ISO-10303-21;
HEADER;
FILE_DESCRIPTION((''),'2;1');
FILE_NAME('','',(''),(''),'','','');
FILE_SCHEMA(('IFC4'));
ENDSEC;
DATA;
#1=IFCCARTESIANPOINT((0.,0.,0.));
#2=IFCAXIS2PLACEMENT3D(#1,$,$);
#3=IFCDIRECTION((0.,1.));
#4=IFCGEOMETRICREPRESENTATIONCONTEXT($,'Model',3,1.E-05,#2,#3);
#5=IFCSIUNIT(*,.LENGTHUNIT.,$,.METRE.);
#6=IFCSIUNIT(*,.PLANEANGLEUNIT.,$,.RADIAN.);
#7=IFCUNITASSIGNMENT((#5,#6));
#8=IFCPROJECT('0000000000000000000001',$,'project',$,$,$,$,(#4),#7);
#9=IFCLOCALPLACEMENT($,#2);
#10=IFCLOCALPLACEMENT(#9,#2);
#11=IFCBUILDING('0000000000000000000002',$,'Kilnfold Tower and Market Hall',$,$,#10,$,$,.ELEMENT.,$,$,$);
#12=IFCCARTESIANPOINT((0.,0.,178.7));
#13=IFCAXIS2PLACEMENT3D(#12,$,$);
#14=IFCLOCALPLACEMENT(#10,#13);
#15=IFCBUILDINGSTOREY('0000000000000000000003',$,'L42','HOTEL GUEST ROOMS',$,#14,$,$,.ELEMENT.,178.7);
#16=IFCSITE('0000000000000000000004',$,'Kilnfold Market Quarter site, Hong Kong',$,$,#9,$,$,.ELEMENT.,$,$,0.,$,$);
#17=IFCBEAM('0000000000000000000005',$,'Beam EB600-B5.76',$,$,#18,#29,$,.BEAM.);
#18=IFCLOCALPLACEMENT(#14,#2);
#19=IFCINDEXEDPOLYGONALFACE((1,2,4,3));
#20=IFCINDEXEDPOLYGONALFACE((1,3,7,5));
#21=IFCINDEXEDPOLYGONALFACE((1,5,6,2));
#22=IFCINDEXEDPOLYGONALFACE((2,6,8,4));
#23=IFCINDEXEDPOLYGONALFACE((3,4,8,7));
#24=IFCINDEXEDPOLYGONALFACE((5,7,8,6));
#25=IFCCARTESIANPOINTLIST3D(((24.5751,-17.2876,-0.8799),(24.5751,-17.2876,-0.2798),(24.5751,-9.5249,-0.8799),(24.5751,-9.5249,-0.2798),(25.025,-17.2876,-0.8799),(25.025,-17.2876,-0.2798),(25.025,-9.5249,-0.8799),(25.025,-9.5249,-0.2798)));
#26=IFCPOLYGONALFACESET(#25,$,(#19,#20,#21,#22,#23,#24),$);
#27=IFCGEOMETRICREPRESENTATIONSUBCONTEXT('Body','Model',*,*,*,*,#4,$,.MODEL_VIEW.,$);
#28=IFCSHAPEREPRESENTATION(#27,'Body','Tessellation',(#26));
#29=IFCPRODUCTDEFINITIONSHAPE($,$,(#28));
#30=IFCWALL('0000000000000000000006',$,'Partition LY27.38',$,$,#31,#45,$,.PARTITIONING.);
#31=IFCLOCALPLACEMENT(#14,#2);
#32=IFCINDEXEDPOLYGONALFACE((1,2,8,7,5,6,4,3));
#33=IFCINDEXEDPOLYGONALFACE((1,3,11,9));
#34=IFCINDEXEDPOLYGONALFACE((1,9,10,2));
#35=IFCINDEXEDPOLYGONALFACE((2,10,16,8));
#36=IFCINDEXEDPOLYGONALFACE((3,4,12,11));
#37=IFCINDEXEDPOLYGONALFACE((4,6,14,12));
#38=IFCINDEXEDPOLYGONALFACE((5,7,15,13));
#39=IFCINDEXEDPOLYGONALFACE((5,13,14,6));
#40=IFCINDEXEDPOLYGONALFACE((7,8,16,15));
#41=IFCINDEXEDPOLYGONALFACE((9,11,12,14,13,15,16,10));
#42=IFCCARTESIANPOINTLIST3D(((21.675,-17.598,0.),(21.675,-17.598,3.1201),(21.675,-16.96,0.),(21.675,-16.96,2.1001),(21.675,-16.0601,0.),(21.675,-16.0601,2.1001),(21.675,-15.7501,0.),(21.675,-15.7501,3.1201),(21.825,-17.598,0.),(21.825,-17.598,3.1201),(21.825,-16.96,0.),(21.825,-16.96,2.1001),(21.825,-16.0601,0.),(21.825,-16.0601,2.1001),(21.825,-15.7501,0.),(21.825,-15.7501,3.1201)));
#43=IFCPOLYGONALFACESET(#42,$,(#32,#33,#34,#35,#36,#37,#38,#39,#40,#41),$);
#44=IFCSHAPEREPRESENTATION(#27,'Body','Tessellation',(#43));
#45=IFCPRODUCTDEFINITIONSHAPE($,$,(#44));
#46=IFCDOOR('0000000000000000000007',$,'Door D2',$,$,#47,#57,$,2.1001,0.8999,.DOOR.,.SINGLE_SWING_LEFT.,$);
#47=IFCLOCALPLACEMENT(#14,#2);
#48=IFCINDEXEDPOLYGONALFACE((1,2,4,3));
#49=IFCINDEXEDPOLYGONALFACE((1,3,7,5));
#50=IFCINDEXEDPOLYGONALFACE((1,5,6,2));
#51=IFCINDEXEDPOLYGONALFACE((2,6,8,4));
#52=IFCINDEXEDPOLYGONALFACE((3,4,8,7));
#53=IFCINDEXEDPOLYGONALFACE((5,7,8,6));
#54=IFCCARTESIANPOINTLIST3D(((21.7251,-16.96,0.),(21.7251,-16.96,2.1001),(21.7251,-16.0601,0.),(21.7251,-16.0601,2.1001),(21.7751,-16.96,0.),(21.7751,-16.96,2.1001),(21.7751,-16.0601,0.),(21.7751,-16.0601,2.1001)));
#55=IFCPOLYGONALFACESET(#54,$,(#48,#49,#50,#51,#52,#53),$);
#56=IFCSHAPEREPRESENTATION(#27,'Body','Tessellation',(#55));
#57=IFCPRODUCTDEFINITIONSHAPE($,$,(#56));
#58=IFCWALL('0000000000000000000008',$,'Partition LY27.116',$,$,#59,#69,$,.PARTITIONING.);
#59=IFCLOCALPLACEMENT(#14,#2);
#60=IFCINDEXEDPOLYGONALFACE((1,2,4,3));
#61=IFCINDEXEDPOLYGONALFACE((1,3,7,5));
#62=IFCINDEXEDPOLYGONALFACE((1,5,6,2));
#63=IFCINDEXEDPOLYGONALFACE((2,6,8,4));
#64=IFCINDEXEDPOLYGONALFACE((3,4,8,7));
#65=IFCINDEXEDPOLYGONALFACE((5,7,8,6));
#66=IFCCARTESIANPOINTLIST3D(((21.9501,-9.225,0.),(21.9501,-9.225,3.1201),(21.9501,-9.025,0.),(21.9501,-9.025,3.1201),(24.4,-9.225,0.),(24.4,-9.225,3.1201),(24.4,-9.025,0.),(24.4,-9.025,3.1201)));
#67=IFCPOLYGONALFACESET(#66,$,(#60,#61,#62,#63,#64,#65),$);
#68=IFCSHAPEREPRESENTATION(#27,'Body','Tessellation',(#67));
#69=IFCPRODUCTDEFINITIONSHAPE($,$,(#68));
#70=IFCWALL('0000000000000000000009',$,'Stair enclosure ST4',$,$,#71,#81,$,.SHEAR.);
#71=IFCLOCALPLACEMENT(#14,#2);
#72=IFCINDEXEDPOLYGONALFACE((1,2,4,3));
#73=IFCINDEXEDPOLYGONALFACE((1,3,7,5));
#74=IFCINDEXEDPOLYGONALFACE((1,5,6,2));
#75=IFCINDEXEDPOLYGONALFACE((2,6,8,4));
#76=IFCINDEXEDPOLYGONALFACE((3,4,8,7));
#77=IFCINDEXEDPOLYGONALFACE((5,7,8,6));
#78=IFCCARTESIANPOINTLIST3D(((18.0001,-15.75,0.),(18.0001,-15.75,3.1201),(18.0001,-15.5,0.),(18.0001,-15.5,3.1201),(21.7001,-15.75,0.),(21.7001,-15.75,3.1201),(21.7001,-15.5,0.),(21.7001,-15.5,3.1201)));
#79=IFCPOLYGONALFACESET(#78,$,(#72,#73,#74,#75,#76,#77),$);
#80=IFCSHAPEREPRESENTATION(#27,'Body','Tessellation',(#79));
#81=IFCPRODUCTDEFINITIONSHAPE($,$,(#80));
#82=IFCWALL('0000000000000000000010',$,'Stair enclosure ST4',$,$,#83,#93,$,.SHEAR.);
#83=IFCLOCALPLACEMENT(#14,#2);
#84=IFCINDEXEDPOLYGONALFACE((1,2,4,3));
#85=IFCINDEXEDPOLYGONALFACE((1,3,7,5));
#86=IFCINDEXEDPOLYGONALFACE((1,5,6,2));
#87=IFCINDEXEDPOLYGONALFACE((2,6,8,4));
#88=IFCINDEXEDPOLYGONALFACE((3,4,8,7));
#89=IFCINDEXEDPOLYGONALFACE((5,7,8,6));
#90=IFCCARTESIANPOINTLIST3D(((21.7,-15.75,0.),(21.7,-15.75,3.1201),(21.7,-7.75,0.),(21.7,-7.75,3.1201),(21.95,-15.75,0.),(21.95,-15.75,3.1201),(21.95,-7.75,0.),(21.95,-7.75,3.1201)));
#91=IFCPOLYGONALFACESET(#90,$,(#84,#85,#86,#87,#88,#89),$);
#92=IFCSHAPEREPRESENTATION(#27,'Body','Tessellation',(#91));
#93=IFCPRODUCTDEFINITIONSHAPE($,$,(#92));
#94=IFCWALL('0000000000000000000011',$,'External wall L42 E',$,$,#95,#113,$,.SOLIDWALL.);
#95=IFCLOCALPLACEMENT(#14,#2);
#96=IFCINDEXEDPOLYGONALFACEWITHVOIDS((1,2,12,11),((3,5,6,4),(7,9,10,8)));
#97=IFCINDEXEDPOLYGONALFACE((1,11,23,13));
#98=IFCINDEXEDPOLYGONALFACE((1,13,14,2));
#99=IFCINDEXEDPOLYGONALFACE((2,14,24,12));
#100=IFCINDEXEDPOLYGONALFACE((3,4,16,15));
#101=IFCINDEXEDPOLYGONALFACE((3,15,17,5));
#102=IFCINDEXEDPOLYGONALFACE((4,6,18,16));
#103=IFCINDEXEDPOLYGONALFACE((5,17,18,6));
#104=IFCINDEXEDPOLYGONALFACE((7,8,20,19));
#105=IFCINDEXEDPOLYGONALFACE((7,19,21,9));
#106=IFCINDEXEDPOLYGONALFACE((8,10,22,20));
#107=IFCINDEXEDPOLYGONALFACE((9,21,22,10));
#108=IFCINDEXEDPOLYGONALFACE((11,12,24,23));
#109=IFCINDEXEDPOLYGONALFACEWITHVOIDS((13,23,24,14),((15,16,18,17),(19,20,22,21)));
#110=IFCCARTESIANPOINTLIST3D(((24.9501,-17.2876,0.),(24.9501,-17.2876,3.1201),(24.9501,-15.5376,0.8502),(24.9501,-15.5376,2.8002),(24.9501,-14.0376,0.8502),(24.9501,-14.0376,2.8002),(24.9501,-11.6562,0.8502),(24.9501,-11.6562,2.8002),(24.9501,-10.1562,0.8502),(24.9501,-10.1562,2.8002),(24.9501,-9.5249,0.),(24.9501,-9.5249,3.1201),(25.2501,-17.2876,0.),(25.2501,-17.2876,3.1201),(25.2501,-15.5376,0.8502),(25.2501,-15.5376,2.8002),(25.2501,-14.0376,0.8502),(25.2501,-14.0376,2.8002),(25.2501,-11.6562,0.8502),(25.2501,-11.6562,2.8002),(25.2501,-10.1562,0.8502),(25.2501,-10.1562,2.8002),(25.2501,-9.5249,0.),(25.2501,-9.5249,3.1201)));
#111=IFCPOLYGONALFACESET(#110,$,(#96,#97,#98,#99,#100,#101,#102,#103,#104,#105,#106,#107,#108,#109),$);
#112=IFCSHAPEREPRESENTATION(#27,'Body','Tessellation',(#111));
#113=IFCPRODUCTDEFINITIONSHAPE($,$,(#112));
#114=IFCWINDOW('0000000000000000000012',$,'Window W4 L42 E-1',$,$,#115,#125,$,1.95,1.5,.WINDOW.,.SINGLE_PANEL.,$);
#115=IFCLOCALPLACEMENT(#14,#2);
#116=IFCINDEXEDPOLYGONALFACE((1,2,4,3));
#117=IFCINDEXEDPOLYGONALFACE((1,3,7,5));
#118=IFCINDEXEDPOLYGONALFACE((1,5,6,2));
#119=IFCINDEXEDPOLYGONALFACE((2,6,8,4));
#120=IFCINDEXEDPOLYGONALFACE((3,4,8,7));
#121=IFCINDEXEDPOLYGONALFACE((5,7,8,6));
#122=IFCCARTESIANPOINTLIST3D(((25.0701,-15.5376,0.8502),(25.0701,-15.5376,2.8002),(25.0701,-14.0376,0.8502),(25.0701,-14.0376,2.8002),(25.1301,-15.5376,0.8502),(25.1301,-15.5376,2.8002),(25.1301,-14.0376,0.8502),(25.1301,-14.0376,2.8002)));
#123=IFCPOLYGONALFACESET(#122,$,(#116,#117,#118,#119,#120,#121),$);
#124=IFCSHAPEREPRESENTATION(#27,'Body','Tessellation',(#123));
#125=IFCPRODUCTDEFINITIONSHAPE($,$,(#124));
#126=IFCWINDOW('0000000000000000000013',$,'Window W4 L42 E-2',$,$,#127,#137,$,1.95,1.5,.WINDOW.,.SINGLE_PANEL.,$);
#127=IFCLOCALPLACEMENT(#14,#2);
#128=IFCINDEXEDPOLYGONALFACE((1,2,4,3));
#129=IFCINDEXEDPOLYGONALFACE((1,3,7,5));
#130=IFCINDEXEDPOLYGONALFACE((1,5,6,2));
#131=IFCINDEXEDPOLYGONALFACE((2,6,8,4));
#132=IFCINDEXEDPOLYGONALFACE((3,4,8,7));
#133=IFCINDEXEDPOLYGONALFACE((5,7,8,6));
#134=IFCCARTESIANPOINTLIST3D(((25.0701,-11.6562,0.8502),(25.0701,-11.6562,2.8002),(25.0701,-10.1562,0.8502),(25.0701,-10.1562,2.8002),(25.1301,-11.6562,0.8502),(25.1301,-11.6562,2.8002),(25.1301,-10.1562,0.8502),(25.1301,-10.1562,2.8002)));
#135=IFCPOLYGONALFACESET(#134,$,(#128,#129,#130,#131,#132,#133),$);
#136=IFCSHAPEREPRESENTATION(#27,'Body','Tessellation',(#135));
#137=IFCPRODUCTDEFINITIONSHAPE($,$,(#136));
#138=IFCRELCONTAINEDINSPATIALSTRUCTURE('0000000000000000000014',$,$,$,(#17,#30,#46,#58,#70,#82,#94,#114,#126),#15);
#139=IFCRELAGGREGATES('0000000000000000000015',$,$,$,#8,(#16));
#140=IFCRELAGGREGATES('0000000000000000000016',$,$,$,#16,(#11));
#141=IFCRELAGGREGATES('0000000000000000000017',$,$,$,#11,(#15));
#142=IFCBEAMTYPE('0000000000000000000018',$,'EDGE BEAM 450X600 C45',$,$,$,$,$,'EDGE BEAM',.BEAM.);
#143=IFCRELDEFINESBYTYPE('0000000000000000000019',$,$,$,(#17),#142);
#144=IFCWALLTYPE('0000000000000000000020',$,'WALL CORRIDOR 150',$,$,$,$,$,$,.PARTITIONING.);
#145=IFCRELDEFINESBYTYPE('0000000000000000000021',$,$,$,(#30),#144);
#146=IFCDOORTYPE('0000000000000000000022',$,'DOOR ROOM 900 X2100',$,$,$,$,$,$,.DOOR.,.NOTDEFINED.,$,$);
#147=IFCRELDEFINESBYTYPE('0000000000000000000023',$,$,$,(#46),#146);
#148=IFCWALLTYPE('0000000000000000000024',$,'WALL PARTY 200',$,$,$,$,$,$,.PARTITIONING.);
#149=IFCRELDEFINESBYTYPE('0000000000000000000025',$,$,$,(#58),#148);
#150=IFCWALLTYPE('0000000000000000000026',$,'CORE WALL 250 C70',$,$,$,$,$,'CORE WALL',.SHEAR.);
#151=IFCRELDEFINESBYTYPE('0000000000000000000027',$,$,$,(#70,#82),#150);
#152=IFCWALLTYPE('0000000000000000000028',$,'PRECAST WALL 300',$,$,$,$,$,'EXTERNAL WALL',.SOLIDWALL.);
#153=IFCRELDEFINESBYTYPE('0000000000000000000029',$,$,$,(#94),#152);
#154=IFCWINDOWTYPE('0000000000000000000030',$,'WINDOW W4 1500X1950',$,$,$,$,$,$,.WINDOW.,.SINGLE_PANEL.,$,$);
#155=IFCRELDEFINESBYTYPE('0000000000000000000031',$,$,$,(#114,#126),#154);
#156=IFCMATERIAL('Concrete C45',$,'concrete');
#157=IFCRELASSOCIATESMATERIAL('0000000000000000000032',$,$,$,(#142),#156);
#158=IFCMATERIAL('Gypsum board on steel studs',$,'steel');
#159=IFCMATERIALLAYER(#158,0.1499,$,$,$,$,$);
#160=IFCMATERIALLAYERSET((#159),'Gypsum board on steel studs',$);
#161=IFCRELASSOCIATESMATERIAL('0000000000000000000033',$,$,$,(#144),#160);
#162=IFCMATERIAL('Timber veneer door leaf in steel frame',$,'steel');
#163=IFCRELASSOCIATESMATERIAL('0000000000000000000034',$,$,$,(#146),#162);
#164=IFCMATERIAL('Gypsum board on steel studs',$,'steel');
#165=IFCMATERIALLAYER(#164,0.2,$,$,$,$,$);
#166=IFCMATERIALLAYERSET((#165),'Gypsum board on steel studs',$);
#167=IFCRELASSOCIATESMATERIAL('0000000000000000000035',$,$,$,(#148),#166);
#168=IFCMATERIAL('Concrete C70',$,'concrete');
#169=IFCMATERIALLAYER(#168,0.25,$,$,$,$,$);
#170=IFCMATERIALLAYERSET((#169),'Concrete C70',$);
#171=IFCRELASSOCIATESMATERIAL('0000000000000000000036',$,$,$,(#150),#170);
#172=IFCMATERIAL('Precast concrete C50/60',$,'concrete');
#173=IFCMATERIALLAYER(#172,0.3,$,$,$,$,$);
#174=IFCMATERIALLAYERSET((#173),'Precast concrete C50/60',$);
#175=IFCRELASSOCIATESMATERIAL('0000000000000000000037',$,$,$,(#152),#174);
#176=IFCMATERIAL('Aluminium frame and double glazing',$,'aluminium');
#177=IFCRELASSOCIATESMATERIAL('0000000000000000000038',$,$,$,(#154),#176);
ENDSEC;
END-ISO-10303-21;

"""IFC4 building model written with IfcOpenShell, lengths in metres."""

from ifc_helpers import new_model, si_unit, direction, frame, frame_2d, origin, origin_2d, place, context, subcontext, project, spatial, rectangle, extrude, source, transform, mapped, material, layer, layer_set, material_profile, profile_set, type_object, element, fill, save


model = new_model("IFC4")

# Units and contexts
model_context = context("Model", 3, precision=1e-05, world=origin(), true_north=direction((0.0, 1.0)))
body_context = subcontext(model_context, "Body", "Model", "MODEL_VIEW")
ifc_project = project(units=[si_unit("LENGTHUNIT", "METRE"), si_unit("PLANEANGLEUNIT", "RADIAN")], contexts=[model_context])

# Site, building, storey
site_placement = place(None, origin())
site = spatial("IfcSite", under=ifc_project, at=site_placement, Name="Kilnfold Market Quarter site, Hong Kong", CompositionType="ELEMENT", RefElevation=0.0)
building_placement = place(site_placement, origin())
building = spatial("IfcBuilding", under=site, at=building_placement, Name="Kilnfold Tower and Market Hall", CompositionType="ELEMENT")
storey_placement = place(building_placement, frame((0.0, 0.0, 178.7)))
storey = spatial("IfcBuildingStorey", under=building, at=storey_placement, Name="L42", Description="HOTEL GUEST ROOMS", CompositionType="ELEMENT", Elevation=178.7)

# Beam
ifc_material_1 = material(Name="Concrete C45", Category="concrete")
ifc_material_profile_1 = material_profile(ifc_material_1, rectangle(XDim=0.45, YDim=0.6001, at=origin_2d()), Name="RC 450x600")
ifc_profile_set_1 = profile_set([ifc_material_profile_1], Name="Concrete C45")
beam_type = type_object("IfcBeamType", Name="EDGE BEAM 450X600 C45", ElementType="EDGE BEAM", PredefinedType="BEAM", material=ifc_profile_set_1)
shared_shape_1 = source(origin(), body_context, "Body", "SweptSolid", [
    extrude(rectangle(XDim=0.45, YDim=0.6001, at=origin_2d()), origin(), (0.0, 0.0, 1.0), 7.7627),
])
beam_placement = place(storey_placement, frame((24.8, -17.2876, -0.5798), z_axis=(0.0, 1.0, 0.0), x_axis=(-1.0, 0.0, 0.0)))
element("IfcBeam", 1, at=beam_placement, inside=storey, type_object=beam_type, Name="Beam EB600-B5.76", PredefinedType="BEAM", context=body_context, shape_type="MappedRepresentation", body=[
    mapped(shared_shape_1, transform((0.0, 0.0, 0.0))),
])

# Wall, opening, door
ifc_material_2 = material(Name="Gypsum board on steel studs", Category="steel")
ifc_layer_1 = layer(ifc_material_2, 0.1499)
ifc_layer_set_1 = layer_set([ifc_layer_1], Name="Gypsum board on steel studs")
wall_type_1 = type_object("IfcWallType", Name="WALL CORRIDOR 150", PredefinedType="PARTITIONING", material=ifc_layer_set_1)
wall_1_placement = place(storey_placement, frame((21.75, -17.5979, 0.0), z_axis=(0.0, 0.0, 1.0), x_axis=(0.0, 1.0, 0.0)))
wall_1 = element("IfcWall", 2, at=wall_1_placement, inside=storey, type_object=wall_type_1, Name="Partition LY27.38", PredefinedType="PARTITIONING", context=body_context, shape_type="SweptSolid", body=[
    extrude(rectangle(XDim=1.8479, YDim=0.1499, at=frame_2d((0.9238, 0.0))), origin(), (0.0, 0.0, 1.0), 3.1201),
])
opening_1_placement = place(wall_1_placement, frame((0.6379, 0.0, 0.0)))
opening_1 = element("IfcOpeningElement", 3, at=opening_1_placement, cuts=wall_1, PredefinedType="OPENING", context=body_context, shape_type="SweptSolid", body=[
    extrude(rectangle(XDim=0.8999, YDim=2.1001, at=frame_2d((0.45, 1.05))), frame((0.0, 0.085, 0.0), z_axis=(0.0, -1.0, 0.0), x_axis=(1.0, 0.0, 0.0)), (0.0, 0.0, 1.0), 0.1699),
])
ifc_material_3 = material(Name="Timber veneer door leaf in steel frame", Category="steel")
door_type = type_object("IfcDoorType", Name="DOOR ROOM 900 X2100", OperationType="NOTDEFINED", PredefinedType="DOOR", material=ifc_material_3)
door_placement = place(opening_1_placement, origin())
door = element("IfcDoor", 4, at=door_placement, inside=storey, type_object=door_type, Name="Door D2", OperationType="SINGLE_SWING_LEFT", OverallHeight=2.1001, OverallWidth=0.8999, PredefinedType="DOOR", context=body_context, shape_type="SweptSolid", body=[
    extrude(rectangle(XDim=0.8999, YDim=2.1001, at=frame_2d((0.45, 1.05))), frame((0.0, 0.0249, 0.0), z_axis=(0.0, -1.0, 0.0), x_axis=(1.0, 0.0, 0.0)), (0.0, 0.0, 1.0), 0.05),
])
fill(opening_1, door)

# Walls
ifc_material_4 = material(Name="Gypsum board on steel studs", Category="steel")
ifc_layer_2 = layer(ifc_material_4, 0.2)
ifc_layer_set_2 = layer_set([ifc_layer_2], Name="Gypsum board on steel studs")
wall_type_2 = type_object("IfcWallType", Name="WALL PARTY 200", PredefinedType="PARTITIONING", material=ifc_layer_set_2)
wall_2_placement = place(storey_placement, frame((21.95, -9.125, 0.0), z_axis=(0.0, 0.0, 1.0), x_axis=(1.0, 0.0, 0.0)))
element("IfcWall", 5, at=wall_2_placement, inside=storey, type_object=wall_type_2, Name="Partition LY27.116", PredefinedType="PARTITIONING", context=body_context, shape_type="SweptSolid", body=[
    extrude(rectangle(XDim=2.45, YDim=0.2, at=frame_2d((1.2251, 0.0))), origin(), (0.0, 0.0, 1.0), 3.1201),
])
ifc_material_5 = material(Name="Concrete C70", Category="concrete")
ifc_layer_3 = layer(ifc_material_5, 0.25)
ifc_layer_set_3 = layer_set([ifc_layer_3], Name="Concrete C70")
wall_type_3 = type_object("IfcWallType", Name="CORE WALL 250 C70", ElementType="CORE WALL", PredefinedType="SHEAR", material=ifc_layer_set_3)
shared_shape_2 = source(origin(), body_context, "Body", "SweptSolid", [
    extrude(rectangle(XDim=3.7, YDim=0.25, at=frame_2d((1.8501, 0.0))), origin(), (0.0, 0.0, 1.0), 3.1201),
])
wall_3_placement = place(storey_placement, frame((18.0, -15.625, 0.0), z_axis=(0.0, 0.0, 1.0), x_axis=(1.0, 0.0, 0.0)))
element("IfcWall", 6, at=wall_3_placement, inside=storey, type_object=wall_type_3, Name="Stair enclosure ST4", PredefinedType="SHEAR", context=body_context, shape_type="MappedRepresentation", body=[
    mapped(shared_shape_2, transform((0.0, 0.0, 0.0))),
])
shared_shape_3 = source(origin(), body_context, "Body", "SweptSolid", [
    extrude(rectangle(XDim=8.0, YDim=0.25, at=frame_2d((4.0, 0.0))), origin(), (0.0, 0.0, 1.0), 3.1201),
])
wall_4_placement = place(storey_placement, frame((21.825, -15.75, 0.0), z_axis=(0.0, 0.0, 1.0), x_axis=(0.0, 1.0, 0.0)))
element("IfcWall", 7, at=wall_4_placement, inside=storey, type_object=wall_type_3, Name="Stair enclosure ST4", PredefinedType="SHEAR", context=body_context, shape_type="MappedRepresentation", body=[
    mapped(shared_shape_3, transform((0.0, 0.0, 0.0))),
])

# Wall, openings, windows
ifc_material_6 = material(Name="Precast concrete C50/60", Category="concrete")
ifc_layer_4 = layer(ifc_material_6, 0.3)
ifc_layer_set_4 = layer_set([ifc_layer_4], Name="Precast concrete C50/60")
wall_type_4 = type_object("IfcWallType", Name="PRECAST WALL 300", ElementType="EXTERNAL WALL", PredefinedType="SOLIDWALL", material=ifc_layer_set_4)
shared_shape_4 = source(origin(), body_context, "Body", "SweptSolid", [
    extrude(rectangle(XDim=7.7627, YDim=0.3, at=frame_2d((3.8813, 0.0))), origin(), (0.0, 0.0, 1.0), 3.1201),
])
wall_5_placement = place(storey_placement, frame((25.1001, -17.2876, 0.0), z_axis=(0.0, 0.0, 1.0), x_axis=(0.0, 1.0, 0.0)))
wall_5 = element("IfcWall", 8, at=wall_5_placement, inside=storey, type_object=wall_type_4, Name="External wall L42 E", PredefinedType="SOLIDWALL", context=body_context, shape_type="MappedRepresentation", body=[
    mapped(shared_shape_4, transform((0.0, 0.0, 0.0))),
])
opening_2_placement = place(wall_5_placement, frame((1.75, 0.0, 0.8501)))
opening_2 = element("IfcOpeningElement", 9, at=opening_2_placement, cuts=wall_5, PredefinedType="OPENING", context=body_context, shape_type="SweptSolid", body=[
    extrude(rectangle(XDim=1.5, YDim=1.95, at=frame_2d((0.75, 0.9751))), frame((0.0, 0.1602, 0.0), z_axis=(0.0, -1.0, 0.0), x_axis=(1.0, 0.0, 0.0)), (0.0, 0.0, 1.0), 0.3201),
])
opening_3_placement = place(wall_5_placement, frame((5.6313, 0.0, 0.8501)))
opening_3 = element("IfcOpeningElement", 10, at=opening_3_placement, cuts=wall_5, PredefinedType="OPENING", context=body_context, shape_type="SweptSolid", body=[
    extrude(rectangle(XDim=1.5, YDim=1.95, at=frame_2d((0.75, 0.9751))), frame((0.0, 0.1602, 0.0), z_axis=(0.0, -1.0, 0.0), x_axis=(1.0, 0.0, 0.0)), (0.0, 0.0, 1.0), 0.3201),
])
ifc_material_7 = material(Name="Aluminium frame and double glazing", Category="aluminium")
window_type = type_object("IfcWindowType", Name="WINDOW W4 1500X1950", PartitioningType="SINGLE_PANEL", PredefinedType="WINDOW", material=ifc_material_7)
window_1_placement = place(opening_2_placement, origin())
window_1 = element("IfcWindow", 11, at=window_1_placement, inside=storey, type_object=window_type, Name="Window W4 L42 E-1", OverallHeight=1.95, OverallWidth=1.5, PartitioningType="SINGLE_PANEL", PredefinedType="WINDOW", context=body_context, shape_type="SweptSolid", body=[
    extrude(rectangle(XDim=1.5, YDim=1.95, at=frame_2d((0.75, 0.9751))), frame((0.0, 0.03, 0.0), z_axis=(0.0, -1.0, 0.0), x_axis=(1.0, 0.0, 0.0)), (0.0, 0.0, 1.0), 0.0601),
])
fill(opening_2, window_1)
window_2_placement = place(opening_3_placement, origin())
window_2 = element("IfcWindow", 12, at=window_2_placement, inside=storey, type_object=window_type, Name="Window W4 L42 E-2", OverallHeight=1.95, OverallWidth=1.5, PartitioningType="SINGLE_PANEL", PredefinedType="WINDOW", context=body_context, shape_type="SweptSolid", body=[
    extrude(rectangle(XDim=1.5, YDim=1.95, at=frame_2d((0.75, 0.9751))), frame((0.0, 0.03, 0.0), z_axis=(0.0, -1.0, 0.0), x_axis=(1.0, 0.0, 0.0)), (0.0, 0.0, 1.0), 0.0601),
])
fill(opening_3, window_2)

save(model, "model.ifc")
